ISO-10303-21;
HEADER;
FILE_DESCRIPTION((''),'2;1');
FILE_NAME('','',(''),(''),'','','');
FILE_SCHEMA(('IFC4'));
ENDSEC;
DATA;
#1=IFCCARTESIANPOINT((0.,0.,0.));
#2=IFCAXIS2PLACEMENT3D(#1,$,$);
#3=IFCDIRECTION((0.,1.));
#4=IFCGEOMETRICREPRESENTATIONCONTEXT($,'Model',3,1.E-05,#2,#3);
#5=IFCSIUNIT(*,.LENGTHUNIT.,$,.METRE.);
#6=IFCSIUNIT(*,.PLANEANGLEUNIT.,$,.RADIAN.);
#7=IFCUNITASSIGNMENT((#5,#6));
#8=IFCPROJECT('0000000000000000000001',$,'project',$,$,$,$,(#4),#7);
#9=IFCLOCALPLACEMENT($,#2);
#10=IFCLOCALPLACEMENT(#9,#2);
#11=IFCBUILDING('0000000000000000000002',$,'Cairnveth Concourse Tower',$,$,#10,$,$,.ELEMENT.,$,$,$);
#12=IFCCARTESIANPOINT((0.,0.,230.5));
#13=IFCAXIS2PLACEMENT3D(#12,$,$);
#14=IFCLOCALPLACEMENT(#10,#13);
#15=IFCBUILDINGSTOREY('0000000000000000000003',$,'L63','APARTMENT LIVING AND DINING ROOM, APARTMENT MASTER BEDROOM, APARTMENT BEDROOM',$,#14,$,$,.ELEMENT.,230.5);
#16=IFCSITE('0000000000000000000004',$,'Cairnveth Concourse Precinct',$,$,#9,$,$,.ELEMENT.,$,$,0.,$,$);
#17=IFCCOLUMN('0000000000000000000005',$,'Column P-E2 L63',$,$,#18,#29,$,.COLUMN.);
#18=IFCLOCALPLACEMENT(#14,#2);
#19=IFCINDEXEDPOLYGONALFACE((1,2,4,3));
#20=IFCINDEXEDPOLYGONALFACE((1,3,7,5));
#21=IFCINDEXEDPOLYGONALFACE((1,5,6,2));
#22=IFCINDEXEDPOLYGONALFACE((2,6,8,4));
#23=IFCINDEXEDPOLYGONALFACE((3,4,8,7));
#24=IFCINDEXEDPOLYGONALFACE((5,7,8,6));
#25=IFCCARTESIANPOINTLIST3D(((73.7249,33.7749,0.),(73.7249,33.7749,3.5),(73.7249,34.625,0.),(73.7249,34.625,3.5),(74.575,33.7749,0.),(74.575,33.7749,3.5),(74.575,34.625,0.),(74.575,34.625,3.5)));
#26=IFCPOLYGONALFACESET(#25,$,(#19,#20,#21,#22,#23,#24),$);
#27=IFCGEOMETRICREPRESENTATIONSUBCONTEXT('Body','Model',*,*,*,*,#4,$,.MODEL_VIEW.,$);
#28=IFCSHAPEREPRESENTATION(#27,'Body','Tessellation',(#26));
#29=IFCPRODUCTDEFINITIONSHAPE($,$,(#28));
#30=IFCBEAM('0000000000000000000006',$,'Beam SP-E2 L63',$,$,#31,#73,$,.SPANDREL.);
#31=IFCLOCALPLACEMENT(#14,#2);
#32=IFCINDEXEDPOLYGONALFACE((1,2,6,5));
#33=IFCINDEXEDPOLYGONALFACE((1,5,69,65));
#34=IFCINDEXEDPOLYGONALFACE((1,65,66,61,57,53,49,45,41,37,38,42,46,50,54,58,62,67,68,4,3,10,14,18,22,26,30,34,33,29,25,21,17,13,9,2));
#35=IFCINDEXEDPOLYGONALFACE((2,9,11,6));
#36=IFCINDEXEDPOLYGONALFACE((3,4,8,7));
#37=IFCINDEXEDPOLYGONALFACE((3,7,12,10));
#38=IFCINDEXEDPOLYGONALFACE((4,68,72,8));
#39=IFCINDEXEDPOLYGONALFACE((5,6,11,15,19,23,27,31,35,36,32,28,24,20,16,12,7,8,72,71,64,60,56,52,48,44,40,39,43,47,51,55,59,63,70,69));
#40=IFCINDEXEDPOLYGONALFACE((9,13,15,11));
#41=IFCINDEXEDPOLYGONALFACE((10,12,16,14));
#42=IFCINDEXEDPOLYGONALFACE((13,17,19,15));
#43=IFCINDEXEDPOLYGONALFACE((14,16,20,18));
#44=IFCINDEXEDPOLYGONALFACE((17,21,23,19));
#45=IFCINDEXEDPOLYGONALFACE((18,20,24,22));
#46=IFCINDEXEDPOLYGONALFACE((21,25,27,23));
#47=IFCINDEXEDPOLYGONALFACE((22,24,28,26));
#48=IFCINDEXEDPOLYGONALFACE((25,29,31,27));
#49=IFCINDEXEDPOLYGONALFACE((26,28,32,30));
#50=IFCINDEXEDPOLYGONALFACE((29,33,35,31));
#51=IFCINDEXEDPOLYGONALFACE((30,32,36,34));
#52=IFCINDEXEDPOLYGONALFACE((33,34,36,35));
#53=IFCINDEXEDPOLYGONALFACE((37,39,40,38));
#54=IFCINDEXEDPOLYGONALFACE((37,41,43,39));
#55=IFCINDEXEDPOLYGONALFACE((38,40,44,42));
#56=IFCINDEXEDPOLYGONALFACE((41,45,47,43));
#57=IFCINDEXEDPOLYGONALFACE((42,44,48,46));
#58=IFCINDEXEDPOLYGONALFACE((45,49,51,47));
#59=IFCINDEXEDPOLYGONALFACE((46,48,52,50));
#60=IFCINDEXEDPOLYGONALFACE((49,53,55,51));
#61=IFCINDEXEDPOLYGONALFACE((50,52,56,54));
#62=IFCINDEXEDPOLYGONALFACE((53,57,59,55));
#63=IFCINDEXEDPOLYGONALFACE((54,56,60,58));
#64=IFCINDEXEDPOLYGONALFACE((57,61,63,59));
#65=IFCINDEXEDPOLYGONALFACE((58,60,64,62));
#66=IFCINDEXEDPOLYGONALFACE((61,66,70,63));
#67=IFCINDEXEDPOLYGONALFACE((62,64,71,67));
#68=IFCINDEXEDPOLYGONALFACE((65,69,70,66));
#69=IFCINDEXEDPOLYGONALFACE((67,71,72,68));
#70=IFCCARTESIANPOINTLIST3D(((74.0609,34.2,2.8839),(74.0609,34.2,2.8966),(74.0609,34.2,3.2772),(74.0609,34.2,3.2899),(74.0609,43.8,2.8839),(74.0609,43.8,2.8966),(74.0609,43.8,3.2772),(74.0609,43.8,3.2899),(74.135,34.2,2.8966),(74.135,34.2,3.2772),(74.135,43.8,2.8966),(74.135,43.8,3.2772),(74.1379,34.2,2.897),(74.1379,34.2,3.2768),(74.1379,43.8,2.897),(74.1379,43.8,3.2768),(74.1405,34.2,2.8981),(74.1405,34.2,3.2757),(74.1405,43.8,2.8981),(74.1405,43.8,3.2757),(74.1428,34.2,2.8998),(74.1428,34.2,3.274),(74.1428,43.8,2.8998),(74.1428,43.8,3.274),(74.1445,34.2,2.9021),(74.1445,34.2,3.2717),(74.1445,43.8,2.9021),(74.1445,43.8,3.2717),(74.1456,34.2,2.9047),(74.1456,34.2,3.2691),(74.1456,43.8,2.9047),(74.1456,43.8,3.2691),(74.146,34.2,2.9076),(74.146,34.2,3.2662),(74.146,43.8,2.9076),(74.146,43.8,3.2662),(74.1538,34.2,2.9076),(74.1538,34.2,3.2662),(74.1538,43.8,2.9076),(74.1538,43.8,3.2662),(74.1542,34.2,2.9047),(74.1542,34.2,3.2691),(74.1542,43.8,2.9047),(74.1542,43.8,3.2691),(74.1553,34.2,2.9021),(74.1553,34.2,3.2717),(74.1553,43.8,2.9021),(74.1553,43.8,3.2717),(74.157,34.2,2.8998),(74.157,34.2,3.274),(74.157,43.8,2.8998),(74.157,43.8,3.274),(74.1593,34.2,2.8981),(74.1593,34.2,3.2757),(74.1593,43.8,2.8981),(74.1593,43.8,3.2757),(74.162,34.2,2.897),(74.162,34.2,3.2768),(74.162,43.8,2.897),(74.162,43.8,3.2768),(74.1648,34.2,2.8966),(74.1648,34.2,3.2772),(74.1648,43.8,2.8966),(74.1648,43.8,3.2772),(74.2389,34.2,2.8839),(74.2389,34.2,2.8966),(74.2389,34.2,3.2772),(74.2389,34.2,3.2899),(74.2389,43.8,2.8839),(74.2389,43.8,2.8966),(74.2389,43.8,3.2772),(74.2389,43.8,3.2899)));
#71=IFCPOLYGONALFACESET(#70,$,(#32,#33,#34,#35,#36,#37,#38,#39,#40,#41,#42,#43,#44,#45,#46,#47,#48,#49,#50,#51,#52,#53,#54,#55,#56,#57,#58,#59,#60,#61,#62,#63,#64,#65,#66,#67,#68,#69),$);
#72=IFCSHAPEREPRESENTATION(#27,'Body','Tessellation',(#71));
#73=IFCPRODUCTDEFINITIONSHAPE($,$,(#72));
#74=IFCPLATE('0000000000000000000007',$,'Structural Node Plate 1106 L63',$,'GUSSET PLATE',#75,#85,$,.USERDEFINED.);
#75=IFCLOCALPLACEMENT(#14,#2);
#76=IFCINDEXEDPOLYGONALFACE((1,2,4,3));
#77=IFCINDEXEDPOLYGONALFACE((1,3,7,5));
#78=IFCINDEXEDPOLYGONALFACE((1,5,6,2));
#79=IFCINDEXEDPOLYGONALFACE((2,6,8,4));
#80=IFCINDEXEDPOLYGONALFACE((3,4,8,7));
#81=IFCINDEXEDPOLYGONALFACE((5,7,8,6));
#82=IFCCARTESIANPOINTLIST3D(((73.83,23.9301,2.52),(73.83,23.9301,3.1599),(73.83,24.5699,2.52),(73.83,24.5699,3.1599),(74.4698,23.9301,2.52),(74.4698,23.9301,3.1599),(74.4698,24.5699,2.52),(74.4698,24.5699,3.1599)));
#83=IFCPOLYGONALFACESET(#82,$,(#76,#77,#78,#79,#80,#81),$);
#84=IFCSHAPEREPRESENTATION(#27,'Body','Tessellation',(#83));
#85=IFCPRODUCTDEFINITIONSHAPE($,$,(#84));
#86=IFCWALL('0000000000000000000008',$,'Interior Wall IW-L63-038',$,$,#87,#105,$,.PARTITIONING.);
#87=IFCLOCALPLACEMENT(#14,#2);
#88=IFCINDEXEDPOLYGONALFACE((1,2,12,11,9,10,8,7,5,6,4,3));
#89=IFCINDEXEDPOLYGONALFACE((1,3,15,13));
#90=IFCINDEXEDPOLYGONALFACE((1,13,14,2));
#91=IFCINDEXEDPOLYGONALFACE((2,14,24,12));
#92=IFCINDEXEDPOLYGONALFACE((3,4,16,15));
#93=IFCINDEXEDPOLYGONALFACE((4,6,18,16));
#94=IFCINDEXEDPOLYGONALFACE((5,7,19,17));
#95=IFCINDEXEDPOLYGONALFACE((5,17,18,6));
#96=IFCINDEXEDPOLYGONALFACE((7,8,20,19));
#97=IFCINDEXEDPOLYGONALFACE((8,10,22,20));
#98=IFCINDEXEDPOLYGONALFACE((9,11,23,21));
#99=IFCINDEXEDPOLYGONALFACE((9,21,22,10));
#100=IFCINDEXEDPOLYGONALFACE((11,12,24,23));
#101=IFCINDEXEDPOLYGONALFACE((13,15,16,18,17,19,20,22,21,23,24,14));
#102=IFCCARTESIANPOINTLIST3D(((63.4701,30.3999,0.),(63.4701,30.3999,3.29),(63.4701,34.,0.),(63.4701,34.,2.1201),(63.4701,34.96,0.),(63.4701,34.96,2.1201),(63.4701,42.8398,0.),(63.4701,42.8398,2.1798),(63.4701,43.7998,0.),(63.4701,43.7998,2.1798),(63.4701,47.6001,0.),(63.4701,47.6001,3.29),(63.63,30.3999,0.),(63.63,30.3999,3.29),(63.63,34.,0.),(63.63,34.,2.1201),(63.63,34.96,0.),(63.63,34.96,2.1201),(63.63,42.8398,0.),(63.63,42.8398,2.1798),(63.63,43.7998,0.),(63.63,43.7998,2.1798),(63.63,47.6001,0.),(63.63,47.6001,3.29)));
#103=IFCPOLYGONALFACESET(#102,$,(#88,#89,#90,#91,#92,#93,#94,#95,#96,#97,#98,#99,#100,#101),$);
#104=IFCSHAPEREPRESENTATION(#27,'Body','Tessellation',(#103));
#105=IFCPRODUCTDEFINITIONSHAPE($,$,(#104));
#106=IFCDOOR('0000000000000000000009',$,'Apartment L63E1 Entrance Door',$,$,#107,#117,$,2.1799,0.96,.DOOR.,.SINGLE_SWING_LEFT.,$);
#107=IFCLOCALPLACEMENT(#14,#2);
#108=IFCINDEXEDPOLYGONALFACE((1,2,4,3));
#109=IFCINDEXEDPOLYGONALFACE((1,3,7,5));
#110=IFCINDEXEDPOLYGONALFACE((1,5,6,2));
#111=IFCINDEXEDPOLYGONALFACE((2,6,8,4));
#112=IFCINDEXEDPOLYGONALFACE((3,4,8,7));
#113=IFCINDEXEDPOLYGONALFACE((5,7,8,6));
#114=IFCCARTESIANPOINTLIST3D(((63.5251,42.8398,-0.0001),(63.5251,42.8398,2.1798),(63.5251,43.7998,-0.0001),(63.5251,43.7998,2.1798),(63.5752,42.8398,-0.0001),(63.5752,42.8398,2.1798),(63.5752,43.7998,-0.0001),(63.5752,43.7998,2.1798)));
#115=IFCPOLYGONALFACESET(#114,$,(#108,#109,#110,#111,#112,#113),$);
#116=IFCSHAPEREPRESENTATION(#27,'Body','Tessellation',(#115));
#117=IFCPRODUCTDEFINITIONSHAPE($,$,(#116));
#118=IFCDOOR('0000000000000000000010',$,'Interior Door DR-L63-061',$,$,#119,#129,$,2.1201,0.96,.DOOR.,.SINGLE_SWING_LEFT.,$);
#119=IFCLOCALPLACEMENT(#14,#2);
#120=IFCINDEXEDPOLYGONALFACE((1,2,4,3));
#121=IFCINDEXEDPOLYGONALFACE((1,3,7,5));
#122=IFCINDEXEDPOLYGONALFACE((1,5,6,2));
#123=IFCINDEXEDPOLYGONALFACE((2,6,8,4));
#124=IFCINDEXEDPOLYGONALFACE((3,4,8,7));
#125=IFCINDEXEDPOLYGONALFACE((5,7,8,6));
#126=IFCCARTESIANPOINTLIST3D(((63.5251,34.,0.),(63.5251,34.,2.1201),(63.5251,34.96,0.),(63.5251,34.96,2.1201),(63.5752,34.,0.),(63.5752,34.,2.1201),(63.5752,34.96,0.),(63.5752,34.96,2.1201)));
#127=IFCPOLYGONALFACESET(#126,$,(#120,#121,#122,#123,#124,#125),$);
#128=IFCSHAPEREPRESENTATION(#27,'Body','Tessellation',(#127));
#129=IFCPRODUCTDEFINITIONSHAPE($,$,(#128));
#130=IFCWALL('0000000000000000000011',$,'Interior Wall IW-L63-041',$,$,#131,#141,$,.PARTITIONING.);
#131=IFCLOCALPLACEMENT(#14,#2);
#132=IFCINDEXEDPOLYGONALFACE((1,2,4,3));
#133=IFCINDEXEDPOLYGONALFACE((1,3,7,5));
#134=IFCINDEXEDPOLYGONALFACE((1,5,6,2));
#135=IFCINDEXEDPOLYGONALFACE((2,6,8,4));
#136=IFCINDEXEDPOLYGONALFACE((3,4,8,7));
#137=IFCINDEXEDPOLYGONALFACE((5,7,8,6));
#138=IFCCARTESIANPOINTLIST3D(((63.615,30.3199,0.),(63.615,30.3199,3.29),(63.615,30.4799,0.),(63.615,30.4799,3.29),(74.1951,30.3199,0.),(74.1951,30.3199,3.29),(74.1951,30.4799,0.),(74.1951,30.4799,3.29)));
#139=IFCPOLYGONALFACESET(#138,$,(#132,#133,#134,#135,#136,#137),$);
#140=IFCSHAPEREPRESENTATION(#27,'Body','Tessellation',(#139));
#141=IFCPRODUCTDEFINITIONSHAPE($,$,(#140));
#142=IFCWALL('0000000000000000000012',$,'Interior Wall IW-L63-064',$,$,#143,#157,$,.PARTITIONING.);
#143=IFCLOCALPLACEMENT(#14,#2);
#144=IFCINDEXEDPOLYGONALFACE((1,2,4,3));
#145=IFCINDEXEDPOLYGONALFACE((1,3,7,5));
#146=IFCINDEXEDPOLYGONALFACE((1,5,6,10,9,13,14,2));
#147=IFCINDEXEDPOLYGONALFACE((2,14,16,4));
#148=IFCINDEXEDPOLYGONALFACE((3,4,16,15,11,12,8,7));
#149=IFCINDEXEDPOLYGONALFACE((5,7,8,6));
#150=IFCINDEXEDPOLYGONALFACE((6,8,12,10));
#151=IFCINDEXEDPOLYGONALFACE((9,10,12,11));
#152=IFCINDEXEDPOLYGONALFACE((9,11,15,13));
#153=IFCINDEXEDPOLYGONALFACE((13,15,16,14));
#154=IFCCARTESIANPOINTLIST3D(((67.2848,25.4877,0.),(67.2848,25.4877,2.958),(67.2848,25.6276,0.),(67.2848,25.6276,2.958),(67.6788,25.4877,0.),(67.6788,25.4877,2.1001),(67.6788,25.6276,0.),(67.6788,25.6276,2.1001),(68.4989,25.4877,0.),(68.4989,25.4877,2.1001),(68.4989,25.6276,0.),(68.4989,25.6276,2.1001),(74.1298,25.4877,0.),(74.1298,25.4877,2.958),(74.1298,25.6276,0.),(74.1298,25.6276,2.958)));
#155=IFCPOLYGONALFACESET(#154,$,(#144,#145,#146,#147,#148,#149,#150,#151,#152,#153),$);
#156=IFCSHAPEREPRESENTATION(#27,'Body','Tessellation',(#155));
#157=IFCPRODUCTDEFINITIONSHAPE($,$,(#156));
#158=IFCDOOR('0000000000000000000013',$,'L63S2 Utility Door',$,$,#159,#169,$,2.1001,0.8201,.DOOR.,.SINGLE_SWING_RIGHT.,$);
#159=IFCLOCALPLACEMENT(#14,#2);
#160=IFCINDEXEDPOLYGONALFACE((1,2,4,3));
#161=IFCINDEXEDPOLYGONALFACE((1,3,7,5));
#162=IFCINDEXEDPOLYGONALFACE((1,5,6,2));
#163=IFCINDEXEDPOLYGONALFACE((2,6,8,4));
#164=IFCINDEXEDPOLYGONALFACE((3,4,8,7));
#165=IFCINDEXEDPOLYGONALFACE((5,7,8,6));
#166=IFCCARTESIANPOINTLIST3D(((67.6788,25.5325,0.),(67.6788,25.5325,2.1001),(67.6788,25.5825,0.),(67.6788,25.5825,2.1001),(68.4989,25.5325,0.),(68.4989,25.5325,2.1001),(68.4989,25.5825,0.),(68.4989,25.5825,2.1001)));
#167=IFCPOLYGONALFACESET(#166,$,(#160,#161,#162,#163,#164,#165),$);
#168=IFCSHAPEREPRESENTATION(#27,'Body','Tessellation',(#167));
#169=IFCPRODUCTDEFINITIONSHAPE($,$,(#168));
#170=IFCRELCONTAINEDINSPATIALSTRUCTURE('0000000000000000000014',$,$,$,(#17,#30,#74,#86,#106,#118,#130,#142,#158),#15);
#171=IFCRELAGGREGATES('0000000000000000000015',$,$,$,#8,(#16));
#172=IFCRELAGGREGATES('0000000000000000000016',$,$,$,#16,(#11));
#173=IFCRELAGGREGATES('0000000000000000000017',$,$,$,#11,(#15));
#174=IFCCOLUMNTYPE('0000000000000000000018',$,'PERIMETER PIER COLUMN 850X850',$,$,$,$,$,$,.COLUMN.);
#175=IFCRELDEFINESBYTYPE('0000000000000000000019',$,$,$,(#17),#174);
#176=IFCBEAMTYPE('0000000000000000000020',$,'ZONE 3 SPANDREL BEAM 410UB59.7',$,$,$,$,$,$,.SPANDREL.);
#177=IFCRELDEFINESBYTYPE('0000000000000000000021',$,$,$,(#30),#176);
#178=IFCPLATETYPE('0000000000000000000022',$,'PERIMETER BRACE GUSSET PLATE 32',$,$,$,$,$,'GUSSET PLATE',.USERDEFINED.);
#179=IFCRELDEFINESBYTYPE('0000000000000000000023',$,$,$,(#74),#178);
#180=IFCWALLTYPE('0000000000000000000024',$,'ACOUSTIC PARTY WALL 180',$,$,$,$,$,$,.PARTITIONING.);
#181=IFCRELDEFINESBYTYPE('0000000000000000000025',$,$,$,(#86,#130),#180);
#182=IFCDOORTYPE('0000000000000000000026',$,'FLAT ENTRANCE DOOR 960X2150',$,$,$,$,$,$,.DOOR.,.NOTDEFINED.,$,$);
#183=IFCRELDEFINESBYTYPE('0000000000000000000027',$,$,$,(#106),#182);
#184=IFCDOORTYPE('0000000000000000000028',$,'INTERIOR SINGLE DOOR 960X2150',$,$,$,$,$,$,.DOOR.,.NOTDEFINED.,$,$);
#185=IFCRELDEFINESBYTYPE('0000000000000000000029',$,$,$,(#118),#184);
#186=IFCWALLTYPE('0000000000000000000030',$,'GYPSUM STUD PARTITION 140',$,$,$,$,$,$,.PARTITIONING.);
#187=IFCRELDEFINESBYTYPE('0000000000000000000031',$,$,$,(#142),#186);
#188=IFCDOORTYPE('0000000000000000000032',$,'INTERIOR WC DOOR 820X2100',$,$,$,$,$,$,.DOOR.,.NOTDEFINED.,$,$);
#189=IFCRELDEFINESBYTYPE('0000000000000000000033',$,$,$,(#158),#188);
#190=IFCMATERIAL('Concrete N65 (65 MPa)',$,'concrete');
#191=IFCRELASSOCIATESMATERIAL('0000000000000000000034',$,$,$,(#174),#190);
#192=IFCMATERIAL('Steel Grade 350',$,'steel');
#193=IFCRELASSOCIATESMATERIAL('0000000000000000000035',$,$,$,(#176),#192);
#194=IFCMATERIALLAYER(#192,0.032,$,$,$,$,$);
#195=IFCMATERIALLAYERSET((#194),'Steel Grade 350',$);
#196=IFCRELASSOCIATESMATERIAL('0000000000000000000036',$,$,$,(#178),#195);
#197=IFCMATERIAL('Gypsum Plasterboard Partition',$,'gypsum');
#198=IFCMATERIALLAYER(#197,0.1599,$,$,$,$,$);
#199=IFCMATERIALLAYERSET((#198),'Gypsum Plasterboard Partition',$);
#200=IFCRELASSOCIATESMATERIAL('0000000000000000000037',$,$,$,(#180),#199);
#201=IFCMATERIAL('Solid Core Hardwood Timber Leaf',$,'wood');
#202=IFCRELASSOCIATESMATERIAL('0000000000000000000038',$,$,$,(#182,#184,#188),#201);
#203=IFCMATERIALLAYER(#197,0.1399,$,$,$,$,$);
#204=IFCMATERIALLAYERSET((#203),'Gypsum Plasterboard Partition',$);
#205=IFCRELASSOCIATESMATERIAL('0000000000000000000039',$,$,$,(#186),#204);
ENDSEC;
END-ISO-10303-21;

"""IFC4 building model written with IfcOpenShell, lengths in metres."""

from ifc_helpers import new_model, si_unit, direction, frame, frame_2d, origin, origin_2d, place, context, subcontext, project, spatial, rectangle, i_section, extrude, material, layer, layer_set, material_profile, profile_set, type_object, element, fill, save


model = new_model("IFC4")

# Units and contexts
model_context = context("Model", 3, precision=1e-05, world=origin(), true_north=direction((0.0, 1.0)))
body_context = subcontext(model_context, "Body", "Model", "MODEL_VIEW")
ifc_project = project(units=[si_unit("LENGTHUNIT", "METRE"), si_unit("PLANEANGLEUNIT", "RADIAN")], contexts=[model_context])

# Site, building, storey
site_placement = place(None, origin())
site = spatial("IfcSite", under=ifc_project, at=site_placement, Name="Cairnveth Concourse Precinct", CompositionType="ELEMENT", RefElevation=0.0)
building_placement = place(site_placement, origin())
building = spatial("IfcBuilding", under=site, at=building_placement, Name="Cairnveth Concourse Tower", CompositionType="ELEMENT")
storey_placement = place(building_placement, frame((0.0, 0.0, 230.5)))
storey = spatial("IfcBuildingStorey", under=building, at=storey_placement, Name="L63", Description="APARTMENT LIVING AND DINING ROOM, APARTMENT MASTER BEDROOM, APARTMENT BEDROOM", CompositionType="ELEMENT", Elevation=230.5)

# Column
ifc_material_1 = material(Name="Concrete N65 (65 MPa)", Category="concrete")
ifc_material_profile_1 = material_profile(ifc_material_1, rectangle(XDim=0.8501, YDim=0.8501, at=origin_2d()), Name="RC-COL-850x850")
ifc_profile_set_1 = profile_set([ifc_material_profile_1], Name="Concrete N65 (65 MPa)")
column_type = type_object("IfcColumnType", Name="PERIMETER PIER COLUMN 850X850", PredefinedType="COLUMN", material=ifc_profile_set_1)
column_placement = place(storey_placement, frame((74.1499, 34.2, 0.0), z_axis=(0.0, 0.0, 1.0), x_axis=(0.0, 1.0, 0.0)))
element("IfcColumn", 1, at=column_placement, inside=storey, type_object=column_type, Name="Column P-E2 L63", PredefinedType="COLUMN", context=body_context, shape_type="SweptSolid", body=[
    extrude(rectangle(XDim=0.8501, YDim=0.8501, at=origin_2d()), origin(), (0.0, 0.0, 1.0), 3.5),
])

# Beam
ifc_material_2 = material(Name="Steel Grade 350", Category="steel")
ifc_material_profile_2 = material_profile(ifc_material_2, i_section(OverallWidth=0.178, OverallDepth=0.406, WebThickness=0.0078, FlangeThickness=0.0127, FilletRadius=0.011, at=origin_2d()), Name="410UB59.7")
ifc_profile_set_2 = profile_set([ifc_material_profile_2], Name="Steel Grade 350")
beam_type = type_object("IfcBeamType", Name="ZONE 3 SPANDREL BEAM 410UB59.7", PredefinedType="SPANDREL", material=ifc_profile_set_2)
beam_placement = place(storey_placement, frame((74.1499, 34.2, 3.0869), z_axis=(0.0, 1.0, 0.0), x_axis=(-1.0, 0.0, 0.0)))
element("IfcBeam", 2, at=beam_placement, inside=storey, type_object=beam_type, Name="Beam SP-E2 L63", PredefinedType="SPANDREL", context=body_context, shape_type="SweptSolid", body=[
    extrude(i_section(OverallWidth=0.178, OverallDepth=0.406, WebThickness=0.0078, FlangeThickness=0.0127, FilletRadius=0.011, at=origin_2d()), origin(), (0.0, 0.0, 1.0), 9.6001),
])

# Plate
ifc_layer_1 = layer(ifc_material_2, 0.032)
ifc_layer_set_1 = layer_set([ifc_layer_1], Name="Steel Grade 350")
plate_type = type_object("IfcPlateType", Name="PERIMETER BRACE GUSSET PLATE 32", ElementType="GUSSET PLATE", PredefinedType="USERDEFINED", material=ifc_layer_set_1)
plate_placement = place(storey_placement, frame((74.1499, 24.25, 2.52), z_axis=(0.0, 0.0, 1.0), x_axis=(1.0, 0.0, 0.0)))
element("IfcPlate", 3, at=plate_placement, inside=storey, type_object=plate_type, Name="Structural Node Plate 1106 L63", ObjectType="GUSSET PLATE", PredefinedType="USERDEFINED", context=body_context, shape_type="SweptSolid", body=[
    extrude(rectangle(XDim=0.6399, YDim=0.6399, at=origin_2d()), origin(), (0.0, 0.0, 1.0), 0.6399),
])

# Wall, openings, doors
ifc_material_3 = material(Name="Gypsum Plasterboard Partition", Category="gypsum")
ifc_layer_2 = layer(ifc_material_3, 0.1599)
ifc_layer_set_2 = layer_set([ifc_layer_2], Name="Gypsum Plasterboard Partition")
wall_type_1 = type_object("IfcWallType", Name="ACOUSTIC PARTY WALL 180", PredefinedType="PARTITIONING", material=ifc_layer_set_2)
wall_1_placement = place(storey_placement, frame((63.55, 30.3999, 0.0), z_axis=(0.0, 0.0, 1.0), x_axis=(0.0, 1.0, 0.0)))
wall_1 = element("IfcWall", 4, at=wall_1_placement, inside=storey, type_object=wall_type_1, Name="Interior Wall IW-L63-038", PredefinedType="PARTITIONING", context=body_context, shape_type="SweptSolid", body=[
    extrude(rectangle(XDim=17.2002, YDim=0.1599, at=frame_2d((8.6001, 0.0))), origin(), (0.0, 0.0, 1.0), 3.29),
])
opening_1_placement = place(wall_1_placement, frame((3.6001, 0.0, 0.0)))
opening_1 = element("IfcOpeningElement", 5, at=opening_1_placement, cuts=wall_1, PredefinedType="OPENING", context=body_context, shape_type="SweptSolid", body=[
    extrude(rectangle(XDim=0.96, YDim=2.1201, at=frame_2d((0.48, 1.0601))), frame((0.0, 0.0898, 0.0), z_axis=(0.0, -1.0, 0.0), x_axis=(1.0, 0.0, 0.0)), (0.0, 0.0, 1.0), 0.1799),
])
opening_2_placement = place(wall_1_placement, frame((12.4399, 0.0, 0.0)))
opening_2 = element("IfcOpeningElement", 6, at=opening_2_placement, cuts=wall_1, PredefinedType="OPENING", context=body_context, shape_type="SweptSolid", body=[
    extrude(rectangle(XDim=0.96, YDim=2.1799, at=frame_2d((0.48, 1.0898))), frame((0.0, 0.0898, 0.0), z_axis=(0.0, -1.0, 0.0), x_axis=(1.0, 0.0, 0.0)), (0.0, 0.0, 1.0), 0.1799),
])
ifc_material_4 = material(Name="Solid Core Hardwood Timber Leaf", Category="wood")
door_type_1 = type_object("IfcDoorType", Name="FLAT ENTRANCE DOOR 960X2150", OperationType="NOTDEFINED", PredefinedType="DOOR", material=ifc_material_4)
door_1_placement = place(opening_2_placement, origin())
door_1 = element("IfcDoor", 7, at=door_1_placement, inside=storey, type_object=door_type_1, Name="Apartment L63E1 Entrance Door", OperationType="SINGLE_SWING_LEFT", OverallHeight=2.1799, OverallWidth=0.96, PredefinedType="DOOR", context=body_context, shape_type="SweptSolid", body=[
    extrude(rectangle(XDim=0.96, YDim=2.1799, at=frame_2d((0.48, 1.0898))), frame((0.0, 0.0249, 0.0), z_axis=(0.0, -1.0, 0.0), x_axis=(1.0, 0.0, 0.0)), (0.0, 0.0, 1.0), 0.05),
])
fill(opening_2, door_1)
door_type_2 = type_object("IfcDoorType", Name="INTERIOR SINGLE DOOR 960X2150", OperationType="NOTDEFINED", PredefinedType="DOOR", material=ifc_material_4)
door_2_placement = place(opening_1_placement, origin())
door_2 = element("IfcDoor", 8, at=door_2_placement, inside=storey, type_object=door_type_2, Name="Interior Door DR-L63-061", OperationType="SINGLE_SWING_LEFT", OverallHeight=2.1201, OverallWidth=0.96, PredefinedType="DOOR", context=body_context, shape_type="SweptSolid", body=[
    extrude(rectangle(XDim=0.96, YDim=2.1201, at=frame_2d((0.48, 1.0601))), frame((0.0, 0.0249, 0.0), z_axis=(0.0, -1.0, 0.0), x_axis=(1.0, 0.0, 0.0)), (0.0, 0.0, 1.0), 0.05),
])
fill(opening_1, door_2)

# Wall
wall_2_placement = place(storey_placement, frame((63.615, 30.3999, 0.0), z_axis=(0.0, 0.0, 1.0), x_axis=(1.0, 0.0, 0.0)))
element("IfcWall", 9, at=wall_2_placement, inside=storey, type_object=wall_type_1, Name="Interior Wall IW-L63-041", PredefinedType="PARTITIONING", context=body_context, shape_type="SweptSolid", body=[
    extrude(rectangle(XDim=10.5801, YDim=0.1599, at=frame_2d((5.29, 0.0))), origin(), (0.0, 0.0, 1.0), 3.29),
])

# Wall, opening, door
ifc_layer_3 = layer(ifc_material_3, 0.1399)
ifc_layer_set_3 = layer_set([ifc_layer_3], Name="Gypsum Plasterboard Partition")
wall_type_2 = type_object("IfcWallType", Name="GYPSUM STUD PARTITION 140", PredefinedType="PARTITIONING", material=ifc_layer_set_3)
wall_3_placement = place(storey_placement, frame((67.2849, 25.5576, 0.0), z_axis=(0.0, 0.0, 1.0), x_axis=(1.0, 0.0, 0.0)))
wall_3 = element("IfcWall", 10, at=wall_3_placement, inside=storey, type_object=wall_type_2, Name="Interior Wall IW-L63-064", PredefinedType="PARTITIONING", context=body_context, shape_type="SweptSolid", body=[
    extrude(rectangle(XDim=6.845, YDim=0.1399, at=frame_2d((3.4224, 0.0))), origin(), (0.0, 0.0, 1.0), 2.958),
])
opening_3_placement = place(wall_3_placement, frame((0.3938, 0.0, 0.0)))
opening_3 = element("IfcOpeningElement", 11, at=opening_3_placement, cuts=wall_3, PredefinedType="OPENING", context=body_context, shape_type="SweptSolid", body=[
    extrude(rectangle(XDim=0.8201, YDim=2.1001, at=frame_2d((0.4102, 1.05))), frame((0.0, 0.0798, 0.0), z_axis=(0.0, -1.0, 0.0), x_axis=(1.0, 0.0, 0.0)), (0.0, 0.0, 1.0), 0.1599),
])
door_type_3 = type_object("IfcDoorType", Name="INTERIOR WC DOOR 820X2100", OperationType="NOTDEFINED", PredefinedType="DOOR", material=ifc_material_4)
door_3_placement = place(opening_3_placement, origin())
door_3 = element("IfcDoor", 12, at=door_3_placement, inside=storey, type_object=door_type_3, Name="L63S2 Utility Door", OperationType="SINGLE_SWING_RIGHT", OverallHeight=2.1001, OverallWidth=0.8201, PredefinedType="DOOR", context=body_context, shape_type="SweptSolid", body=[
    extrude(rectangle(XDim=0.8201, YDim=2.1001, at=frame_2d((0.4102, 1.05))), frame((0.0, 0.0249, 0.0), z_axis=(0.0, -1.0, 0.0), x_axis=(1.0, 0.0, 0.0)), (0.0, 0.0, 1.0), 0.05),
])
fill(opening_3, door_3)

save(model, "model.ifc")
